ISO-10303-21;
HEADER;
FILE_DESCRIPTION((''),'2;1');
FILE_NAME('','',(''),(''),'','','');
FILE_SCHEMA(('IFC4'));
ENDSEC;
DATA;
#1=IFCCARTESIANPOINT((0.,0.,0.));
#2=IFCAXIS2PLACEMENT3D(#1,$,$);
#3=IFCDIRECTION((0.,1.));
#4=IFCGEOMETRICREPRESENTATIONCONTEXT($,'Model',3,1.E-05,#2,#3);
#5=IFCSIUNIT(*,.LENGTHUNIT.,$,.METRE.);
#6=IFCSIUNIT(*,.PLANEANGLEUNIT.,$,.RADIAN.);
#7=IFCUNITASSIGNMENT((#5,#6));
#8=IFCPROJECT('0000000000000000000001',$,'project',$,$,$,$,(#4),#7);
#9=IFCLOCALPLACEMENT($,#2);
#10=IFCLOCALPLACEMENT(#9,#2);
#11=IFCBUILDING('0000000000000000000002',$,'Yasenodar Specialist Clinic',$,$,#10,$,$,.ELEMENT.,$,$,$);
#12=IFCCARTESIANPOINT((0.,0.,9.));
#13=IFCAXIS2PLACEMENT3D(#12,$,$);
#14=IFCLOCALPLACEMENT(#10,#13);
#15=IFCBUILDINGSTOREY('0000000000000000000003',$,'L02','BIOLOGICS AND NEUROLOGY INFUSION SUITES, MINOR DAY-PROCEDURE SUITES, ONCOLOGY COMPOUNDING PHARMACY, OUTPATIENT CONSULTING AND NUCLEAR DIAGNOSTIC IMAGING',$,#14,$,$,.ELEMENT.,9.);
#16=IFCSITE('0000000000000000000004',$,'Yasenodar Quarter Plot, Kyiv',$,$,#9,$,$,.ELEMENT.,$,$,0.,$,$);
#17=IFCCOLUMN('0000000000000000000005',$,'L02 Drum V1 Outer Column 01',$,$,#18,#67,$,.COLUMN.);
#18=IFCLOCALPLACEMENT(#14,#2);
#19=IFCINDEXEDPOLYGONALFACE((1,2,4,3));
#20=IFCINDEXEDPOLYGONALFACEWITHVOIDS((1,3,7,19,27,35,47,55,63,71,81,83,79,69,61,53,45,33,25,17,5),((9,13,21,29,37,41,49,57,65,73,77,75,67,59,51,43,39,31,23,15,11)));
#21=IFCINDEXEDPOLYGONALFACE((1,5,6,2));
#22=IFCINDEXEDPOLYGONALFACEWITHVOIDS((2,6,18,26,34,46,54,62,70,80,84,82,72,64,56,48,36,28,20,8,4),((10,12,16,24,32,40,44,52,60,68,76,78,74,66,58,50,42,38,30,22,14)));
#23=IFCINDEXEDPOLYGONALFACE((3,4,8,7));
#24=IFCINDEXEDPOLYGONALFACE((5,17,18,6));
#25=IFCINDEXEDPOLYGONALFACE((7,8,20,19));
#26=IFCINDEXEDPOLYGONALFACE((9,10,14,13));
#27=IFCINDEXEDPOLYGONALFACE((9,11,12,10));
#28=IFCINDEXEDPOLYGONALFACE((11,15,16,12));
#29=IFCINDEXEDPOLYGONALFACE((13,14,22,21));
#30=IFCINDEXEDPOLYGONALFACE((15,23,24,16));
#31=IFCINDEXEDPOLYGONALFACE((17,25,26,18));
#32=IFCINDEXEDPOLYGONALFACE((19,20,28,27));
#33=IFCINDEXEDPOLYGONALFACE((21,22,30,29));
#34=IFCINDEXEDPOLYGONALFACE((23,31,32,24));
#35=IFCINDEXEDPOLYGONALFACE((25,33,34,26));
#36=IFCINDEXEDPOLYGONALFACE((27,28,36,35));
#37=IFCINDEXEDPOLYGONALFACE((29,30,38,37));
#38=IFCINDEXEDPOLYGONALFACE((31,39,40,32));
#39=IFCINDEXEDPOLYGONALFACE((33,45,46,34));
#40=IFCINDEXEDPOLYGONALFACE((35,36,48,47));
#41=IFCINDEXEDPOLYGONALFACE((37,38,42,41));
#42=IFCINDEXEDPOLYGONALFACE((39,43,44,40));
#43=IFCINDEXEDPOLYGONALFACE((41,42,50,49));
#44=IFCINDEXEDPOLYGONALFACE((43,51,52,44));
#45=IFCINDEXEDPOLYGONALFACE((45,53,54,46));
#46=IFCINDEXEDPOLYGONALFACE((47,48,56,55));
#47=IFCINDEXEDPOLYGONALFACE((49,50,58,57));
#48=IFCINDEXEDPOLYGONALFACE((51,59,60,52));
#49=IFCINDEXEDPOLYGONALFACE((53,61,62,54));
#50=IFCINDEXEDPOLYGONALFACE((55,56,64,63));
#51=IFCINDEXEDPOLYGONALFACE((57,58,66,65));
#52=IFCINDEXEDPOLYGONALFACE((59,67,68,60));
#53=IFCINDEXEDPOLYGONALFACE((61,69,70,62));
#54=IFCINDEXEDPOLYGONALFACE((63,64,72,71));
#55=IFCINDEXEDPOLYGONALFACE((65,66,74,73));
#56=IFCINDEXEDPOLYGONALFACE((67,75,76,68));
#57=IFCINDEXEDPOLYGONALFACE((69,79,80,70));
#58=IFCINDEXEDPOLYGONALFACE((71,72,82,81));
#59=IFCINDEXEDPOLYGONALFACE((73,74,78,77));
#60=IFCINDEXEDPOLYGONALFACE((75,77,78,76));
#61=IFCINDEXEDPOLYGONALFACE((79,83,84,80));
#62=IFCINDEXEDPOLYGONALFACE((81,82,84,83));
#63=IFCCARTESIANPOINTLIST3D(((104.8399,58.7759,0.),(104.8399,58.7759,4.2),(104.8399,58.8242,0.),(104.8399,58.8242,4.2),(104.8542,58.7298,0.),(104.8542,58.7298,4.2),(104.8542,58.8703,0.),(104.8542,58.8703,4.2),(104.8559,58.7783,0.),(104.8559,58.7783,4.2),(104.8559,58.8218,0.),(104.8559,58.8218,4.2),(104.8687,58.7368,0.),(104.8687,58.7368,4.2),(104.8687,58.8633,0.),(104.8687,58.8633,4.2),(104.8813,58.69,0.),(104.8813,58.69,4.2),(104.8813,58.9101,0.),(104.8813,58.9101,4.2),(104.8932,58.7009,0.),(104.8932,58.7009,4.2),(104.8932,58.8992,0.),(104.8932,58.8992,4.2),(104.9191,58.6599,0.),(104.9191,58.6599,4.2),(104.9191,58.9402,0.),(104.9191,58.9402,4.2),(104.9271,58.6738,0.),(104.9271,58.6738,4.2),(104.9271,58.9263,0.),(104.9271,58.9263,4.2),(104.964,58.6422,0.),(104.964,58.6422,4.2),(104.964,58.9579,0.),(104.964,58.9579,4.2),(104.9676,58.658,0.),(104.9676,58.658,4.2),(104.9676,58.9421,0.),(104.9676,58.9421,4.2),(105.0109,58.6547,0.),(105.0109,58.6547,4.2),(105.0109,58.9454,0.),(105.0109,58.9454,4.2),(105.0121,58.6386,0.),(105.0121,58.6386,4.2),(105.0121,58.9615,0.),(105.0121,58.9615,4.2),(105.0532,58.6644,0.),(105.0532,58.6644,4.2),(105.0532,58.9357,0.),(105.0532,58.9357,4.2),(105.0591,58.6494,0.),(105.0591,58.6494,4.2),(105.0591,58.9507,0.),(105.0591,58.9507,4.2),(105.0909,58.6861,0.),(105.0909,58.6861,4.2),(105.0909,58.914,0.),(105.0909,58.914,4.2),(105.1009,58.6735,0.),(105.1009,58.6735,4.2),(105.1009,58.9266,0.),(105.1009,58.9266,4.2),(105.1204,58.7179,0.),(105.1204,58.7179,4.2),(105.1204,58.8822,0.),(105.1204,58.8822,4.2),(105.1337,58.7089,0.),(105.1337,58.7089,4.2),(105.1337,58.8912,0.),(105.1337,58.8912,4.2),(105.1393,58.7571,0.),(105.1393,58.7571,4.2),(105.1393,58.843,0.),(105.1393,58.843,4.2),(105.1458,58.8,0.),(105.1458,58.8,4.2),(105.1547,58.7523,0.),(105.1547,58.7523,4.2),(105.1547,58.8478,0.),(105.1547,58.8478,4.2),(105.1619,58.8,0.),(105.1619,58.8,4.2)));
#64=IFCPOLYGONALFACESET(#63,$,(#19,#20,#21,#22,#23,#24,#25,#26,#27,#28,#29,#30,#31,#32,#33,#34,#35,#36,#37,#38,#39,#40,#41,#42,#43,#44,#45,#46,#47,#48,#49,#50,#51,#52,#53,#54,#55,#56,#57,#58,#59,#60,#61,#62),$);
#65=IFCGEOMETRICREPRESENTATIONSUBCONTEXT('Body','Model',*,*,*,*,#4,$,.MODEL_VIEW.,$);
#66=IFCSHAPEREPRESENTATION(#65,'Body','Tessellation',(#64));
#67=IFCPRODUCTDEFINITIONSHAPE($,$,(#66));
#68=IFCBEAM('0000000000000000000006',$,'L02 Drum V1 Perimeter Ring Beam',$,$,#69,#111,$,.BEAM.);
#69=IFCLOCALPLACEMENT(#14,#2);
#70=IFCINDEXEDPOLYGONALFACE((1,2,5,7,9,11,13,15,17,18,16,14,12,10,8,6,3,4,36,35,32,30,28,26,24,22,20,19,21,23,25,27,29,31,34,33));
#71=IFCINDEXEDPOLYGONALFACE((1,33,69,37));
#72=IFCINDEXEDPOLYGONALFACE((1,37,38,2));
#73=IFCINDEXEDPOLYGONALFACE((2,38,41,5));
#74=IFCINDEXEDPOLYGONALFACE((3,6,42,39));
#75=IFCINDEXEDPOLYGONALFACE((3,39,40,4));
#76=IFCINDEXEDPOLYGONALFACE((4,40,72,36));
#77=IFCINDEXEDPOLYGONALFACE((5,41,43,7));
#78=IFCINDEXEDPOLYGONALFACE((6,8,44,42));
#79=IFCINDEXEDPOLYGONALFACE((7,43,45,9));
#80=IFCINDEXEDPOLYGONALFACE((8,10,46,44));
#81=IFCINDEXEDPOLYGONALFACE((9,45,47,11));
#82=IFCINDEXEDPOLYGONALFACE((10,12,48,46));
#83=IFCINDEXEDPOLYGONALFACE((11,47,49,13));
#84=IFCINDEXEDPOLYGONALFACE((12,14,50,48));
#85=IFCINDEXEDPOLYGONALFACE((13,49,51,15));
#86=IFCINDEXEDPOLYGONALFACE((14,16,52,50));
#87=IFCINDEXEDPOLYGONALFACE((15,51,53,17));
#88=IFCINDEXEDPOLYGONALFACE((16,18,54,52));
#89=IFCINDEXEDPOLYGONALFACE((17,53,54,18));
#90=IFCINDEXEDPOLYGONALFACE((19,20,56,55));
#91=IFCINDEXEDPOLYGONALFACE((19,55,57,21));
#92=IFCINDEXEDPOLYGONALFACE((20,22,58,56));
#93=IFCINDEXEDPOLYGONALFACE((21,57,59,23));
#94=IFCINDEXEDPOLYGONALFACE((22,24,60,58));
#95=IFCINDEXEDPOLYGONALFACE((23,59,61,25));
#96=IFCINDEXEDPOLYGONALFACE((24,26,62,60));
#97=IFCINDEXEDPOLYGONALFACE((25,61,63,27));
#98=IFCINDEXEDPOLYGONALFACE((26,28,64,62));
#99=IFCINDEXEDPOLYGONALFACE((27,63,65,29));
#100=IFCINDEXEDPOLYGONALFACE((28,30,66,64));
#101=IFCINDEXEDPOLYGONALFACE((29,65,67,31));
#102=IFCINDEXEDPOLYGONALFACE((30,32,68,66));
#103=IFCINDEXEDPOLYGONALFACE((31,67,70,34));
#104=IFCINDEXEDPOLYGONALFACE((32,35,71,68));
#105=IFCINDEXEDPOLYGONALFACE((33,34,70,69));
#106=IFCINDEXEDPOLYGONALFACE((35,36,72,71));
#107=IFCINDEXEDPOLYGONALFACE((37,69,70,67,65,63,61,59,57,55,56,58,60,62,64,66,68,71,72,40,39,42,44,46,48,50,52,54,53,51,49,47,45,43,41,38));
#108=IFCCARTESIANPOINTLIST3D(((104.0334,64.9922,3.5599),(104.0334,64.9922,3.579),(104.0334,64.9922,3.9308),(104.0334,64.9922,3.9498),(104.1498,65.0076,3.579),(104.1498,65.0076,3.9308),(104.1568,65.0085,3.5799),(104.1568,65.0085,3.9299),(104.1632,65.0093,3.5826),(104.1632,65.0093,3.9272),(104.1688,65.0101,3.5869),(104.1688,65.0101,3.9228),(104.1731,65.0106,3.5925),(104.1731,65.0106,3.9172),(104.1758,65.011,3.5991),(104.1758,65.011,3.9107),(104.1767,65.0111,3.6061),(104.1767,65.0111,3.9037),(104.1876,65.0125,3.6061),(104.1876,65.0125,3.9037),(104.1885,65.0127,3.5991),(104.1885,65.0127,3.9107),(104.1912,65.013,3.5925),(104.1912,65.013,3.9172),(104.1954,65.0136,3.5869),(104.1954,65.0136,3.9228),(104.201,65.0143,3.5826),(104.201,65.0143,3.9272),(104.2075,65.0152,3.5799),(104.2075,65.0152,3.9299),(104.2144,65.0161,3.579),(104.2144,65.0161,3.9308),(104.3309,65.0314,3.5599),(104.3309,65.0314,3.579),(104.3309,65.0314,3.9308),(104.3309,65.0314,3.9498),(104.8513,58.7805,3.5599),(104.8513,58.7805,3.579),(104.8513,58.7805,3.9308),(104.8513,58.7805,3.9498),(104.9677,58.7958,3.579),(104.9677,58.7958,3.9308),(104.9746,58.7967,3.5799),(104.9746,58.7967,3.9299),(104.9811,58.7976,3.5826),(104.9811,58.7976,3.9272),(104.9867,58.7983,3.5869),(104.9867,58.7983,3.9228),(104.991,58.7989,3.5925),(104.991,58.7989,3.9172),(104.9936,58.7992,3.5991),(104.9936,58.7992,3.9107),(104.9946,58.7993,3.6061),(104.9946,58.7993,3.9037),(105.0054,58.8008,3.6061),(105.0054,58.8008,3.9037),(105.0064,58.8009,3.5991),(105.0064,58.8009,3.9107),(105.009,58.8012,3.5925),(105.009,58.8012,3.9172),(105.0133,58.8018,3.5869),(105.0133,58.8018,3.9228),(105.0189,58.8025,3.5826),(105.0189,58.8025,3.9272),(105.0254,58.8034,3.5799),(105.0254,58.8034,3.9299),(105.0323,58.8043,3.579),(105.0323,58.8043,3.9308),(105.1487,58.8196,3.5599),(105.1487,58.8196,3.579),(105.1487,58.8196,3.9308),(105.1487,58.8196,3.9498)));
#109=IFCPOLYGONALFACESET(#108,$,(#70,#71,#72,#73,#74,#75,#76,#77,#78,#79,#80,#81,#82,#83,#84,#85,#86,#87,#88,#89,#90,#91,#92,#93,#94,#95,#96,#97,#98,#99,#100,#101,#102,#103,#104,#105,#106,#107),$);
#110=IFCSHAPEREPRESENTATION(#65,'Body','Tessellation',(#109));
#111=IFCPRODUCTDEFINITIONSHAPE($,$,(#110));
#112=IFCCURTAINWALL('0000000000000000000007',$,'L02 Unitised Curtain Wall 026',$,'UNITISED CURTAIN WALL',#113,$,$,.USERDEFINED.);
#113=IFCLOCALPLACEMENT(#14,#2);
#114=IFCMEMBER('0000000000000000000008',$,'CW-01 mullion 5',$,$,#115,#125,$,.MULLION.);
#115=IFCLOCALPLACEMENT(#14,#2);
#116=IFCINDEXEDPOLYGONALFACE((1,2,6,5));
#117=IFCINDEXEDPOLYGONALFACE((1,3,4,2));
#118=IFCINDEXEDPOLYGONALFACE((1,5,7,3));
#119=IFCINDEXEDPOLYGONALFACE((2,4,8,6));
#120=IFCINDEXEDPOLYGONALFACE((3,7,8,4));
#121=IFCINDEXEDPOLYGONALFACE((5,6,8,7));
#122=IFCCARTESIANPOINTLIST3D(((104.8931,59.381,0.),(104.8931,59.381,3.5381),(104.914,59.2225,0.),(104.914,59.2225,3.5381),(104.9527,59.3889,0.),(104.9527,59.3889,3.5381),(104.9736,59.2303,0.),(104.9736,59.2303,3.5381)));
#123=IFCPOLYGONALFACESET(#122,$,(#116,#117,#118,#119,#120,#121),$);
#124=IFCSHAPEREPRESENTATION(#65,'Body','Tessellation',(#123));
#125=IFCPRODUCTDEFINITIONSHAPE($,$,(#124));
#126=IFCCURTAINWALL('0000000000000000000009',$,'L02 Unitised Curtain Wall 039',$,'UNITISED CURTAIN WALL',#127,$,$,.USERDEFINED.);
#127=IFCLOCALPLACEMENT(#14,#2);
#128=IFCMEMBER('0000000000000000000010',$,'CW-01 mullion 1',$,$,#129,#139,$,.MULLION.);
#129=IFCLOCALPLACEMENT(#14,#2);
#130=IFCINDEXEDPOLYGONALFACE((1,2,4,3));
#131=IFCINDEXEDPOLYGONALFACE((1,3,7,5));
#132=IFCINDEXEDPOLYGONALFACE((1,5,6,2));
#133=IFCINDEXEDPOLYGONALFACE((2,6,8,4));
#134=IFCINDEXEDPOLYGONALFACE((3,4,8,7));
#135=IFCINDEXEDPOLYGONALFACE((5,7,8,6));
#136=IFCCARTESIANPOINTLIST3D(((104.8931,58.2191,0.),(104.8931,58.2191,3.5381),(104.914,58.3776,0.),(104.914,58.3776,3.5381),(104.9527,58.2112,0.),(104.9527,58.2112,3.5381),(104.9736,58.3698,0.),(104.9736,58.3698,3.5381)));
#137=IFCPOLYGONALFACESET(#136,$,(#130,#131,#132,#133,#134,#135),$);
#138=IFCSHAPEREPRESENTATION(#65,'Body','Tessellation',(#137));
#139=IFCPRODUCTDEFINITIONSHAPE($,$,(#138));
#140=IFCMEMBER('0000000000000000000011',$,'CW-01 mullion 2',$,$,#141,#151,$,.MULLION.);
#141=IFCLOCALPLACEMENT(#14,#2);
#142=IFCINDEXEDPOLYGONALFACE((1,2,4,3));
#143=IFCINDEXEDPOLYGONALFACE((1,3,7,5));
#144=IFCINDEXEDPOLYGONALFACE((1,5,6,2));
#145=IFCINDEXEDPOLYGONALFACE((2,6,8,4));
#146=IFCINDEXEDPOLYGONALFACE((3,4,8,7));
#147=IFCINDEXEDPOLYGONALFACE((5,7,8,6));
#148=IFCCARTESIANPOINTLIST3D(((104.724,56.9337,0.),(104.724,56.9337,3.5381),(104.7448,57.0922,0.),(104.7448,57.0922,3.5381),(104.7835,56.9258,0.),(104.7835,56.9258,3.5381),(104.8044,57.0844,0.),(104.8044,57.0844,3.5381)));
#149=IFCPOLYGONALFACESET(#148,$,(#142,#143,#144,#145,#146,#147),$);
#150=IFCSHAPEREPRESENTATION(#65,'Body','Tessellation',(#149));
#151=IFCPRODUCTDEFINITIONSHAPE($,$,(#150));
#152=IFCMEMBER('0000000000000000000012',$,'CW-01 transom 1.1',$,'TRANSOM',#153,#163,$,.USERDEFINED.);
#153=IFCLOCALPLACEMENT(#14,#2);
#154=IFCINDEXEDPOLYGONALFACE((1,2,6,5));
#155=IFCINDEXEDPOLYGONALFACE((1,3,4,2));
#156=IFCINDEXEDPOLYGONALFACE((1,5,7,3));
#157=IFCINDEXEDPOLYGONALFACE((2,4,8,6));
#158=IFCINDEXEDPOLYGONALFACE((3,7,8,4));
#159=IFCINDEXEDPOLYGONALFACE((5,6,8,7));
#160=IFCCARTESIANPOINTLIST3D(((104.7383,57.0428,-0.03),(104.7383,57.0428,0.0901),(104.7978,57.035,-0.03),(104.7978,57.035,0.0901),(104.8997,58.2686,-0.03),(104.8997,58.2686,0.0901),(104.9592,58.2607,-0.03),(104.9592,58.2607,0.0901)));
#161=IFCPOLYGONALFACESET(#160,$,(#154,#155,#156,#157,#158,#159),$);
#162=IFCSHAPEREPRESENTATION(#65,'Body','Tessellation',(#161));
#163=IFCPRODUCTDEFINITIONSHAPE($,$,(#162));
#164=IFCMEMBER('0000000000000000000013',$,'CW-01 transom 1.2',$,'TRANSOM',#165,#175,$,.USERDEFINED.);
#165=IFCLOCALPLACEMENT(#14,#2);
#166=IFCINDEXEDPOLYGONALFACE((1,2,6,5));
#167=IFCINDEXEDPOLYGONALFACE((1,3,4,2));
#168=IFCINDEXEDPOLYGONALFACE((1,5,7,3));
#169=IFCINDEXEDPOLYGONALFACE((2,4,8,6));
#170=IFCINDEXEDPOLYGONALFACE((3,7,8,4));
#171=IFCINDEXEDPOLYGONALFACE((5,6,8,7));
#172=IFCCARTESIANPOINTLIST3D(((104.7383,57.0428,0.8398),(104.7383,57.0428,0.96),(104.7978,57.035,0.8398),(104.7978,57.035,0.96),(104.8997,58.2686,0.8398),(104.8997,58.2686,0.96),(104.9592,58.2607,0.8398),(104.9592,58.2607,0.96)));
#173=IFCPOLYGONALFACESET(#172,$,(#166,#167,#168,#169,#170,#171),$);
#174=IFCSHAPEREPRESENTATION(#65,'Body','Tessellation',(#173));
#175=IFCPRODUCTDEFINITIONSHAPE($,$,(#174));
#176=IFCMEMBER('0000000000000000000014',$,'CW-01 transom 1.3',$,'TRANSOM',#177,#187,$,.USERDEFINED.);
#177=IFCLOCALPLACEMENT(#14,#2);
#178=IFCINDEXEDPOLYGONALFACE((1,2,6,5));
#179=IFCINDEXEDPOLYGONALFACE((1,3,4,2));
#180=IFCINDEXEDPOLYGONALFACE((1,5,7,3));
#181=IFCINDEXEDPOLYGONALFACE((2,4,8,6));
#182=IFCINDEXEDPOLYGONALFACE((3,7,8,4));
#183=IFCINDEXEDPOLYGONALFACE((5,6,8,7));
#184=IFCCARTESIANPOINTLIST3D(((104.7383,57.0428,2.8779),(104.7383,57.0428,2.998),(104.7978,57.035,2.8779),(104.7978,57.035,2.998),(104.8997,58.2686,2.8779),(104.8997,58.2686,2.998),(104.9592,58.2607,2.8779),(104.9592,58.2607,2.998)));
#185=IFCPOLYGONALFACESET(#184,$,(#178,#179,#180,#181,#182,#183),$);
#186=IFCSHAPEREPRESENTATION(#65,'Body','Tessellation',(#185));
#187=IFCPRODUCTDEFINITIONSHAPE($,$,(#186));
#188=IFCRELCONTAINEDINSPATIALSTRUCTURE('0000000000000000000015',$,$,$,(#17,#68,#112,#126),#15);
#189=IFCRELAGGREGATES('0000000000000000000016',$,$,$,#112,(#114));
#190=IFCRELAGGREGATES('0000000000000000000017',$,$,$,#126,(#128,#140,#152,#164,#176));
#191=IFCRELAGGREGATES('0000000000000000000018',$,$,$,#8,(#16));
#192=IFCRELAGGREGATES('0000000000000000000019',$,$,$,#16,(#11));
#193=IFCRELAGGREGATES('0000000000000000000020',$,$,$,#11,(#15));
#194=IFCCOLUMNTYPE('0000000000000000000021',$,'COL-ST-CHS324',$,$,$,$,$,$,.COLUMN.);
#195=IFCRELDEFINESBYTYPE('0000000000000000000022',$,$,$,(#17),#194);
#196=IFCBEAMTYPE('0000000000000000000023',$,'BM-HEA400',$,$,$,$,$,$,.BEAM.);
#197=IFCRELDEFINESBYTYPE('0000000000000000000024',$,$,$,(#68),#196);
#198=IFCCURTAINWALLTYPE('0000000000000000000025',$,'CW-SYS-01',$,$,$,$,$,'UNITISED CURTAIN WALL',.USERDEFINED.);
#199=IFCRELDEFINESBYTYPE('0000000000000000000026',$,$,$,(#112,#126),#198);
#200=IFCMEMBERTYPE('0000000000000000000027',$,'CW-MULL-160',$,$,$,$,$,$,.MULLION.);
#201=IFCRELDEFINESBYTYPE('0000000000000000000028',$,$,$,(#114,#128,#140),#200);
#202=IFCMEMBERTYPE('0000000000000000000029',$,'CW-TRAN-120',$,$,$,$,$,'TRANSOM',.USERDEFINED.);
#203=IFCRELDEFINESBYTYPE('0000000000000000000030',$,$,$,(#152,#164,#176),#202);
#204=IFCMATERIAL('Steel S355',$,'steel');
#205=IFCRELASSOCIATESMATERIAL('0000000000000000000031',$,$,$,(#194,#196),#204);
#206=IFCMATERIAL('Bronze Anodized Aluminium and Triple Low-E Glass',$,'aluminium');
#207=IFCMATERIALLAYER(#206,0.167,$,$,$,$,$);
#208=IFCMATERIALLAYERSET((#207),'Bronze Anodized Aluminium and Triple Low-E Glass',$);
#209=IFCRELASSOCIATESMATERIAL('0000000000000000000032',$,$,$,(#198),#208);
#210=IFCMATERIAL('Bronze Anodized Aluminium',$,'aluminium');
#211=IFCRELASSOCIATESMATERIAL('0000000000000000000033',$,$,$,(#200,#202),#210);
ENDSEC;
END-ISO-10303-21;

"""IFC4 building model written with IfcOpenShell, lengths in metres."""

from ifc_helpers import new_model, si_unit, direction, frame, origin, origin_2d, place, context, subcontext, project, spatial, rectangle, hollow_circle, i_section, extrude, material, layer, layer_set, material_profile, profile_set, type_object, element, aggregate, save


model = new_model("IFC4")

# Units and contexts
model_context = context("Model", 3, precision=1e-05, world=origin(), true_north=direction((0.0, 1.0)))
body_context = subcontext(model_context, "Body", "Model", "MODEL_VIEW")
ifc_project = project(units=[si_unit("LENGTHUNIT", "METRE"), si_unit("PLANEANGLEUNIT", "RADIAN")], contexts=[model_context])

# Site, building, storey
site_placement = place(None, origin())
site = spatial("IfcSite", under=ifc_project, at=site_placement, Name="Yasenodar Quarter Plot, Kyiv", CompositionType="ELEMENT", RefElevation=0.0)
building_placement = place(site_placement, origin())
building = spatial("IfcBuilding", under=site, at=building_placement, Name="Yasenodar Specialist Clinic", CompositionType="ELEMENT")
storey_placement = place(building_placement, frame((0.0, 0.0, 9.0)))
storey = spatial("IfcBuildingStorey", under=building, at=storey_placement, Name="L02", Description="BIOLOGICS AND NEUROLOGY INFUSION SUITES, MINOR DAY-PROCEDURE SUITES, ONCOLOGY COMPOUNDING PHARMACY, OUTPATIENT CONSULTING AND NUCLEAR DIAGNOSTIC IMAGING", CompositionType="ELEMENT", Elevation=9.0)

# Column
ifc_material_1 = material(Name="Steel S355", Category="steel")
ifc_material_profile_1 = material_profile(ifc_material_1, hollow_circle(Radius=0.1619, WallThickness=0.0161, at=origin_2d()), Name="CHS 323.9x16")
ifc_profile_set_1 = profile_set([ifc_material_profile_1], Name="Steel S355")
column_type = type_object("IfcColumnType", Name="COL-ST-CHS324", PredefinedType="COLUMN", material=ifc_profile_set_1)
column_placement = place(storey_placement, frame((105.0, 58.8, 0.0), z_axis=(0.0, 0.0, 1.0), x_axis=(1.0, 0.0, 0.0)))
element("IfcColumn", 1, at=column_placement, inside=storey, type_object=column_type, Name="L02 Drum V1 Outer Column 01", PredefinedType="COLUMN", context=body_context, shape_type="SweptSolid", body=[
    extrude(hollow_circle(Radius=0.1619, WallThickness=0.0161, at=origin_2d()), origin(), (0.0, 0.0, 1.0), 4.2),
])

# Beam
ifc_material_profile_2 = material_profile(ifc_material_1, i_section(OverallWidth=0.3, OverallDepth=0.3899, WebThickness=0.011, FlangeThickness=0.019, FilletRadius=0.0271, at=origin_2d()), Name="HEA 400")
ifc_profile_set_2 = profile_set([ifc_material_profile_2], Name="Steel S355")
beam_type = type_object("IfcBeamType", Name="BM-HEA400", PredefinedType="BEAM", material=ifc_profile_set_2)
beam_placement = place(storey_placement, frame((105.0, 58.8, 3.7549), z_axis=(-0.13054, 0.991443, 0.0), x_axis=(-0.991443, -0.13054, 0.0)))
element("IfcBeam", 2, at=beam_placement, inside=storey, type_object=beam_type, Name="L02 Drum V1 Perimeter Ring Beam", PredefinedType="BEAM", context=body_context, shape_type="SweptSolid", body=[
    extrude(i_section(OverallWidth=0.3, OverallDepth=0.3899, WebThickness=0.011, FlangeThickness=0.019, FilletRadius=0.0271, at=origin_2d()), origin(), (0.0, 0.0, 1.0), 6.2654),
])

# Curtain wall, member
ifc_material_2 = material(Name="Bronze Anodized Aluminium and Triple Low-E Glass", Category="aluminium")
ifc_layer_1 = layer(ifc_material_2, 0.167)
ifc_layer_set_1 = layer_set([ifc_layer_1], Name="Bronze Anodized Aluminium and Triple Low-E Glass")
curtain_wall_type = type_object("IfcCurtainWallType", Name="CW-SYS-01", ElementType="UNITISED CURTAIN WALL", PredefinedType="USERDEFINED", material=ifc_layer_set_1)
curtain_wall_1_placement = place(storey_placement, origin())
curtain_wall_1 = element("IfcCurtainWall", 3, at=curtain_wall_1_placement, inside=storey, type_object=curtain_wall_type, Name="L02 Unitised Curtain Wall 026", ObjectType="UNITISED CURTAIN WALL", PredefinedType="USERDEFINED")
ifc_material_3 = material(Name="Bronze Anodized Aluminium", Category="aluminium")
ifc_material_profile_3 = material_profile(ifc_material_3, rectangle(XDim=0.0601, YDim=0.1599, at=origin_2d()), Name="CW-MULL 60x160")
ifc_profile_set_3 = profile_set([ifc_material_profile_3], Name="Bronze Anodized Aluminium")
member_type_1 = type_object("IfcMemberType", Name="CW-MULL-160", PredefinedType="MULLION", material=ifc_profile_set_3)
member_1_placement = place(storey_placement, frame((104.9333, 59.3057, 0.0), z_axis=(0.0, 0.0, 1.0), x_axis=(0.991447, 0.130512, 0.0)))
member_1 = element("IfcMember", 4, at=member_1_placement, type_object=member_type_1, Name="CW-01 mullion 5", PredefinedType="MULLION", context=body_context, shape_type="SweptSolid", body=[
    extrude(rectangle(XDim=0.0601, YDim=0.1599, at=origin_2d()), origin(), (0.0, 0.0, 1.0), 3.5381),
])

# Curtain wall, members
curtain_wall_2_placement = place(storey_placement, origin())
curtain_wall_2 = element("IfcCurtainWall", 5, at=curtain_wall_2_placement, inside=storey, type_object=curtain_wall_type, Name="L02 Unitised Curtain Wall 039", ObjectType="UNITISED CURTAIN WALL", PredefinedType="USERDEFINED")
member_2_placement = place(storey_placement, frame((104.9333, 58.2944, 0.0), z_axis=(0.0, 0.0, 1.0), x_axis=(0.991447, -0.130512, 0.0)))
member_2 = element("IfcMember", 6, at=member_2_placement, type_object=member_type_1, Name="CW-01 mullion 1", PredefinedType="MULLION", context=body_context, shape_type="SweptSolid", body=[
    extrude(rectangle(XDim=0.0601, YDim=0.1599, at=origin_2d()), origin(), (0.0, 0.0, 1.0), 3.5381),
])
member_3_placement = place(storey_placement, frame((104.7642, 57.009, 0.0), z_axis=(0.0, 0.0, 1.0), x_axis=(0.991447, -0.130512, 0.0)))
member_3 = element("IfcMember", 7, at=member_3_placement, type_object=member_type_1, Name="CW-01 mullion 2", PredefinedType="MULLION", context=body_context, shape_type="SweptSolid", body=[
    extrude(rectangle(XDim=0.0601, YDim=0.1599, at=origin_2d()), origin(), (0.0, 0.0, 1.0), 3.5381),
])
ifc_material_profile_4 = material_profile(ifc_material_3, rectangle(XDim=0.0601, YDim=0.1201, at=origin_2d()), Name="CW-TRAN 60x120")
ifc_profile_set_4 = profile_set([ifc_material_profile_4], Name="Bronze Anodized Aluminium")
member_type_2 = type_object("IfcMemberType", Name="CW-TRAN-120", ElementType="TRANSOM", PredefinedType="USERDEFINED", material=ifc_profile_set_4)
member_4_placement = place(storey_placement, frame((104.9294, 58.2646, 0.03), z_axis=(-0.130521, -0.991446, 0.0), x_axis=(0.991446, -0.130521, 0.0)))
member_4 = element("IfcMember", 8, at=member_4_placement, type_object=member_type_2, Name="CW-01 transom 1.1", ObjectType="TRANSOM", PredefinedType="USERDEFINED", context=body_context, shape_type="SweptSolid", body=[
    extrude(rectangle(XDim=0.0601, YDim=0.1201, at=origin_2d()), origin(), (0.0, 0.0, 1.0), 1.2363),
])
member_5_placement = place(storey_placement, frame((104.9294, 58.2646, 0.8999), z_axis=(-0.130521, -0.991446, 0.0), x_axis=(0.991446, -0.130521, 0.0)))
member_5 = element("IfcMember", 9, at=member_5_placement, type_object=member_type_2, Name="CW-01 transom 1.2", ObjectType="TRANSOM", PredefinedType="USERDEFINED", context=body_context, shape_type="SweptSolid", body=[
    extrude(rectangle(XDim=0.0601, YDim=0.1201, at=origin_2d()), origin(), (0.0, 0.0, 1.0), 1.2363),
])
member_6_placement = place(storey_placement, frame((104.9294, 58.2646, 2.938), z_axis=(-0.130521, -0.991446, 0.0), x_axis=(0.991446, -0.130521, 0.0)))
member_6 = element("IfcMember", 10, at=member_6_placement, type_object=member_type_2, Name="CW-01 transom 1.3", ObjectType="TRANSOM", PredefinedType="USERDEFINED", context=body_context, shape_type="SweptSolid", body=[
    extrude(rectangle(XDim=0.0601, YDim=0.1201, at=origin_2d()), origin(), (0.0, 0.0, 1.0), 1.2363),
])

aggregate(curtain_wall_1, [member_1])
aggregate(curtain_wall_2, [member_2, member_3, member_4, member_5, member_6])

save(model, "model.ifc")
